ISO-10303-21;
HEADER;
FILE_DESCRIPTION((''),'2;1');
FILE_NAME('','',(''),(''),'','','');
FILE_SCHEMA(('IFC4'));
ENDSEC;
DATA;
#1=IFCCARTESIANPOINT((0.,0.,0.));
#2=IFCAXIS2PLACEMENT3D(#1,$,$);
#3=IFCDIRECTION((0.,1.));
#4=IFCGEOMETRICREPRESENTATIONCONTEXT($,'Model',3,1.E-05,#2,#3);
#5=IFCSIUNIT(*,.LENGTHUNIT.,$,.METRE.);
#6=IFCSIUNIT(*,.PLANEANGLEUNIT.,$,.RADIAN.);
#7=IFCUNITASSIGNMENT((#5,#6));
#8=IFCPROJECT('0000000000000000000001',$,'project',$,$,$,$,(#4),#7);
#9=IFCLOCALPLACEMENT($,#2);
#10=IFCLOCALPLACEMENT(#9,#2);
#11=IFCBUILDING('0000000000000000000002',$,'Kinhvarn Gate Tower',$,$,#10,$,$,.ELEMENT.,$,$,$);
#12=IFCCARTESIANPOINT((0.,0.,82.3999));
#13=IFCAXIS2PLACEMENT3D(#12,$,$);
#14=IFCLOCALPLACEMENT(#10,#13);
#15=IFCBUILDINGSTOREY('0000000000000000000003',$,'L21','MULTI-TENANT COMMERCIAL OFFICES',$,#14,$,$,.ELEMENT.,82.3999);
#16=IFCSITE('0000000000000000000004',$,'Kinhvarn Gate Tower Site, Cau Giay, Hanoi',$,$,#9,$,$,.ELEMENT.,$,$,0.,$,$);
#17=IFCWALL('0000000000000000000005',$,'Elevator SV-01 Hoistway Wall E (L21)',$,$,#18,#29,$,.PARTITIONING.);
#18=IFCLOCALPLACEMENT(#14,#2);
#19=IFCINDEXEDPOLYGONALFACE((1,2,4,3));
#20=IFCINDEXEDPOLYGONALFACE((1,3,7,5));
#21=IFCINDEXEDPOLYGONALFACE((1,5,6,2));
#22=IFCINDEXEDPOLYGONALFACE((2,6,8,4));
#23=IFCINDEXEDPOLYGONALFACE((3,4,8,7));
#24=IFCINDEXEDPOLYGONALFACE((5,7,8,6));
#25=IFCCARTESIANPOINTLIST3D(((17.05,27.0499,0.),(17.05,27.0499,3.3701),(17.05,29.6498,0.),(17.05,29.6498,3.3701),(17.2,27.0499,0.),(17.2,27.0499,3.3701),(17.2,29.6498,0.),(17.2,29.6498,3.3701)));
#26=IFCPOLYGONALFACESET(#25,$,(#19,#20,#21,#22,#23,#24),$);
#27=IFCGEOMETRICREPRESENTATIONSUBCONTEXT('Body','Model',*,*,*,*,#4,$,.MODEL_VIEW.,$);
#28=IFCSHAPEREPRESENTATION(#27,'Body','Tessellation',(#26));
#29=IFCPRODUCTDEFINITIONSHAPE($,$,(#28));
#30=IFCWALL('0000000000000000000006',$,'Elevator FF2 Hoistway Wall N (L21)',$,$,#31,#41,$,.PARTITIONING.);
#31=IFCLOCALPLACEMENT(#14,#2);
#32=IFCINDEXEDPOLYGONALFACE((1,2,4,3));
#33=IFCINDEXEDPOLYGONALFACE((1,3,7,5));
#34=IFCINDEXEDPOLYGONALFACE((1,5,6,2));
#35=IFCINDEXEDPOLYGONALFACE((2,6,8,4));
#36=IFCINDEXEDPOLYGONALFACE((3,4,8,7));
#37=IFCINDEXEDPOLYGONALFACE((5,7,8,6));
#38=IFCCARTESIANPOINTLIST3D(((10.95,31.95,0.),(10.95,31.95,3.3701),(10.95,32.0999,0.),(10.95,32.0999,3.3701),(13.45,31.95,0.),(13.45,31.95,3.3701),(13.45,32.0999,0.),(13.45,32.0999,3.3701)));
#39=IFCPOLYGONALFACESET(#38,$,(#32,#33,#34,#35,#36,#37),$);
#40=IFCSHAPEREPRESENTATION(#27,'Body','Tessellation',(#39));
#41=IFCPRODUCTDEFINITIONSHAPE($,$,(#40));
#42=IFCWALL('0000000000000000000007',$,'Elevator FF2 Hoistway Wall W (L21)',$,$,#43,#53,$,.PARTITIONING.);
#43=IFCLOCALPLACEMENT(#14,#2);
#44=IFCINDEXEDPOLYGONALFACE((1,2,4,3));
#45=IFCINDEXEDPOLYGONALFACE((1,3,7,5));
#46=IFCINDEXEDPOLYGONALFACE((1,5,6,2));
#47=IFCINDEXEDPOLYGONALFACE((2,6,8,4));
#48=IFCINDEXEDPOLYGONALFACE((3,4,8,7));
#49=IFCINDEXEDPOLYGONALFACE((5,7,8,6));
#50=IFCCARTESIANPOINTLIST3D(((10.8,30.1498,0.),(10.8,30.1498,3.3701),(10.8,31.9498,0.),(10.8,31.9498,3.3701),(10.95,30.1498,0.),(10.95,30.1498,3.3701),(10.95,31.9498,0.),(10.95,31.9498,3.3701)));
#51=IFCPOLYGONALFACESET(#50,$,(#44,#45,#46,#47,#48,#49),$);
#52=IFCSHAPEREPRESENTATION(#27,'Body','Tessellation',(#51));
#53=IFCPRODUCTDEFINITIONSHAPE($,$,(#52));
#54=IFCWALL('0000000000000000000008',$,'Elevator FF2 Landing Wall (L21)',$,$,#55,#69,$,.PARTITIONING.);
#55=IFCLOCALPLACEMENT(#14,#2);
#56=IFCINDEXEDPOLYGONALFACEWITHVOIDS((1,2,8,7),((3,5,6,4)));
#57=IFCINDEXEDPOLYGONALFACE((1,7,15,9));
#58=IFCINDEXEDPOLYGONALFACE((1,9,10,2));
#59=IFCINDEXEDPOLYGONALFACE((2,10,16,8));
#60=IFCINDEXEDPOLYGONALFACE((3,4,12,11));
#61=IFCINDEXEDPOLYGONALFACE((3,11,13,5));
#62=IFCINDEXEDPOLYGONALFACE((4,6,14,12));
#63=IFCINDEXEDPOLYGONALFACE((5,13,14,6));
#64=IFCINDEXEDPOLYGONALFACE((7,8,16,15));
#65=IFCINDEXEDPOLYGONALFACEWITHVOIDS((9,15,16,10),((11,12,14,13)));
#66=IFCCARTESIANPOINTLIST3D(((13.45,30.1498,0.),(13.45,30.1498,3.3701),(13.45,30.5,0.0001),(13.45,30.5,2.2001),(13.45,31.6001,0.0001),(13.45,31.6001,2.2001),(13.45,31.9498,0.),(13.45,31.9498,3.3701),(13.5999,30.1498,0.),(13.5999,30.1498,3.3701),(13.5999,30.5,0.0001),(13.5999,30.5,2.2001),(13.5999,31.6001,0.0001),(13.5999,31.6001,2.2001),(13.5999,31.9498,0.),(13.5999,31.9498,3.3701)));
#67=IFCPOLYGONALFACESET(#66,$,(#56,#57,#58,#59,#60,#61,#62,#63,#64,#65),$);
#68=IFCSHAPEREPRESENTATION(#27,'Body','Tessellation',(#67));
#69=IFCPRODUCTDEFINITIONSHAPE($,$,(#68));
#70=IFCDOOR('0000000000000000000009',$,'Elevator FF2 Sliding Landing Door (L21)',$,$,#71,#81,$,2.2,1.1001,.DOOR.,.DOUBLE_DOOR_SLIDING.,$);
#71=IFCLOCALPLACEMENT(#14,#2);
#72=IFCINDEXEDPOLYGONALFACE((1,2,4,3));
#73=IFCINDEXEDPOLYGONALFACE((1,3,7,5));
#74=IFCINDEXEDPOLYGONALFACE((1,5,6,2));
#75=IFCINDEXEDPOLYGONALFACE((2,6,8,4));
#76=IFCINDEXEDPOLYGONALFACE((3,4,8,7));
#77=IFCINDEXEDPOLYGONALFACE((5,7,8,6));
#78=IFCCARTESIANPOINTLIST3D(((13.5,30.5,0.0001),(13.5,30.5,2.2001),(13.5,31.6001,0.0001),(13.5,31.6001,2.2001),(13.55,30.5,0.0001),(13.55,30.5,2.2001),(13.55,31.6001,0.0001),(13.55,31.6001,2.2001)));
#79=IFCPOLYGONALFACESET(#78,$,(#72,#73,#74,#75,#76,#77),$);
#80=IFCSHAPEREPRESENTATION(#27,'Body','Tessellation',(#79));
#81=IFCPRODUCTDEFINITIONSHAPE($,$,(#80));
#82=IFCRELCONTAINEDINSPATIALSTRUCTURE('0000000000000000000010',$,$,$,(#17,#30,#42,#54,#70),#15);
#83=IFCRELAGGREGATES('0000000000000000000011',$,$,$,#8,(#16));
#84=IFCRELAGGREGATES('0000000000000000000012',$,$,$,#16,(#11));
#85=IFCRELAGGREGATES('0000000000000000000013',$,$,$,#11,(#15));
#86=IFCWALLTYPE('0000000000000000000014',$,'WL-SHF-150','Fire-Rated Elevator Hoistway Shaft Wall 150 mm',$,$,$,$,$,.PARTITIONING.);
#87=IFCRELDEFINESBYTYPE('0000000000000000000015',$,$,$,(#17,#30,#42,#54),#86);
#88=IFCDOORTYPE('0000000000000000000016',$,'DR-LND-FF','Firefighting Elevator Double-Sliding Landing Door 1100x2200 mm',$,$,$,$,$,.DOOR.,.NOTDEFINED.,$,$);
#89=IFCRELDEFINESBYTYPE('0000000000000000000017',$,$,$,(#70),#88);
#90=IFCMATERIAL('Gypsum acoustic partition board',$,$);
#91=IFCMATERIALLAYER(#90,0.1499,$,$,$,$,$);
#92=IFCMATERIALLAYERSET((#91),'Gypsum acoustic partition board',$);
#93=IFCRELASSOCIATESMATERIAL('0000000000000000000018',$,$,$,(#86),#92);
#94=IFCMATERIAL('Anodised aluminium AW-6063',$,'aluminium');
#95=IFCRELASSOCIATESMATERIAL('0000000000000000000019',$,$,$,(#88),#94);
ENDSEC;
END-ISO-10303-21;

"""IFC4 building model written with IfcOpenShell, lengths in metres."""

from ifc_helpers import new_model, si_unit, direction, frame, frame_2d, origin, place, context, subcontext, project, spatial, rectangle, extrude, material, layer, layer_set, type_object, element, fill, save


model = new_model("IFC4")

# Units and contexts
model_context = context("Model", 3, precision=1e-05, world=origin(), true_north=direction((0.0, 1.0)))
body_context = subcontext(model_context, "Body", "Model", "MODEL_VIEW")
ifc_project = project(units=[si_unit("LENGTHUNIT", "METRE"), si_unit("PLANEANGLEUNIT", "RADIAN")], contexts=[model_context])

# Site, building, storey
site_placement = place(None, origin())
site = spatial("IfcSite", under=ifc_project, at=site_placement, Name="Kinhvarn Gate Tower Site, Cau Giay, Hanoi", CompositionType="ELEMENT", RefElevation=0.0)
building_placement = place(site_placement, origin())
building = spatial("IfcBuilding", under=site, at=building_placement, Name="Kinhvarn Gate Tower", CompositionType="ELEMENT")
storey_placement = place(building_placement, frame((0.0, 0.0, 82.3999)))
storey = spatial("IfcBuildingStorey", under=building, at=storey_placement, Name="L21", Description="MULTI-TENANT COMMERCIAL OFFICES", CompositionType="ELEMENT", Elevation=82.3999)

# Shared definitions
ifc_material_1 = material(Name="Anodised aluminium AW-6063", Category="aluminium")
ifc_material_2 = material(Name="Gypsum acoustic partition board")

# Shared definitions
ifc_layer_1 = layer(ifc_material_2, 0.1499)
ifc_layer_set_1 = layer_set([ifc_layer_1], Name="Gypsum acoustic partition board")
wall_type_1 = type_object("IfcWallType", Name="WL-SHF-150", Description="Fire-Rated Elevator Hoistway Shaft Wall 150 mm", PredefinedType="PARTITIONING", material=ifc_layer_set_1)

# Walls
wall_1_placement = place(storey_placement, frame((17.125, 27.05, 0.0), z_axis=(0.0, 0.0, 1.0), x_axis=(0.0, 1.0, 0.0)))
element("IfcWall", 1, at=wall_1_placement, inside=storey, type_object=wall_type_1, Name="Elevator SV-01 Hoistway Wall E (L21)", PredefinedType="PARTITIONING", context=body_context, shape_type="SweptSolid", body=[
    extrude(rectangle(XDim=2.5999, YDim=0.1499, at=frame_2d((1.2998, 0.0))), origin(), (0.0, 0.0, 1.0), 3.3701),
])
wall_2_placement = place(storey_placement, frame((10.95, 32.0249, 0.0), z_axis=(0.0, 0.0, 1.0), x_axis=(1.0, 0.0, 0.0)))
element("IfcWall", 2, at=wall_2_placement, inside=storey, type_object=wall_type_1, Name="Elevator FF2 Hoistway Wall N (L21)", PredefinedType="PARTITIONING", context=body_context, shape_type="SweptSolid", body=[
    extrude(rectangle(XDim=2.5, YDim=0.1499, at=frame_2d((1.25, 0.0))), origin(), (0.0, 0.0, 1.0), 3.3701),
])
wall_3_placement = place(storey_placement, frame((10.875, 30.1499, 0.0), z_axis=(0.0, 0.0, 1.0), x_axis=(0.0, 1.0, 0.0)))
element("IfcWall", 3, at=wall_3_placement, inside=storey, type_object=wall_type_1, Name="Elevator FF2 Hoistway Wall W (L21)", PredefinedType="PARTITIONING", context=body_context, shape_type="SweptSolid", body=[
    extrude(rectangle(XDim=1.8, YDim=0.1499, at=frame_2d((0.8999, 0.0))), origin(), (0.0, 0.0, 1.0), 3.3701),
])

# Wall, opening, door
wall_4_placement = place(storey_placement, frame((13.5249, 30.1499, 0.0), z_axis=(0.0, 0.0, 1.0), x_axis=(0.0, 1.0, 0.0)))
wall_4 = element("IfcWall", 4, at=wall_4_placement, inside=storey, type_object=wall_type_1, Name="Elevator FF2 Landing Wall (L21)", PredefinedType="PARTITIONING", context=body_context, shape_type="SweptSolid", body=[
    extrude(rectangle(XDim=1.8, YDim=0.1499, at=frame_2d((0.8999, 0.0))), origin(), (0.0, 0.0, 1.0), 3.3701),
])
opening_1_placement = place(wall_4_placement, frame((0.3501, 0.0, 0.0)))
opening_1 = element("IfcOpeningElement", 5, at=opening_1_placement, cuts=wall_4, PredefinedType="OPENING", context=body_context, shape_type="SweptSolid", body=[
    extrude(rectangle(XDim=1.1001, YDim=2.2, at=frame_2d((0.55, 1.1001))), frame((0.0, 0.085, 0.0), z_axis=(0.0, -1.0, 0.0), x_axis=(1.0, 0.0, 0.0)), (0.0, 0.0, 1.0), 0.1699),
])
door_type_1 = type_object("IfcDoorType", Name="DR-LND-FF", Description="Firefighting Elevator Double-Sliding Landing Door 1100x2200 mm", OperationType="NOTDEFINED", PredefinedType="DOOR", material=ifc_material_1)
door_1_placement = place(opening_1_placement, origin())
door_1 = element("IfcDoor", 6, at=door_1_placement, inside=storey, type_object=door_type_1, Name="Elevator FF2 Sliding Landing Door (L21)", OperationType="DOUBLE_DOOR_SLIDING", OverallHeight=2.2, OverallWidth=1.1001, PredefinedType="DOOR", context=body_context, shape_type="SweptSolid", body=[
    extrude(rectangle(XDim=1.1001, YDim=2.2, at=frame_2d((0.55, 1.1001))), frame((0.0, 0.0249, 0.0), z_axis=(0.0, -1.0, 0.0), x_axis=(1.0, 0.0, 0.0)), (0.0, 0.0, 1.0), 0.05),
])
fill(opening_1, door_1)

save(model, "model.ifc")
